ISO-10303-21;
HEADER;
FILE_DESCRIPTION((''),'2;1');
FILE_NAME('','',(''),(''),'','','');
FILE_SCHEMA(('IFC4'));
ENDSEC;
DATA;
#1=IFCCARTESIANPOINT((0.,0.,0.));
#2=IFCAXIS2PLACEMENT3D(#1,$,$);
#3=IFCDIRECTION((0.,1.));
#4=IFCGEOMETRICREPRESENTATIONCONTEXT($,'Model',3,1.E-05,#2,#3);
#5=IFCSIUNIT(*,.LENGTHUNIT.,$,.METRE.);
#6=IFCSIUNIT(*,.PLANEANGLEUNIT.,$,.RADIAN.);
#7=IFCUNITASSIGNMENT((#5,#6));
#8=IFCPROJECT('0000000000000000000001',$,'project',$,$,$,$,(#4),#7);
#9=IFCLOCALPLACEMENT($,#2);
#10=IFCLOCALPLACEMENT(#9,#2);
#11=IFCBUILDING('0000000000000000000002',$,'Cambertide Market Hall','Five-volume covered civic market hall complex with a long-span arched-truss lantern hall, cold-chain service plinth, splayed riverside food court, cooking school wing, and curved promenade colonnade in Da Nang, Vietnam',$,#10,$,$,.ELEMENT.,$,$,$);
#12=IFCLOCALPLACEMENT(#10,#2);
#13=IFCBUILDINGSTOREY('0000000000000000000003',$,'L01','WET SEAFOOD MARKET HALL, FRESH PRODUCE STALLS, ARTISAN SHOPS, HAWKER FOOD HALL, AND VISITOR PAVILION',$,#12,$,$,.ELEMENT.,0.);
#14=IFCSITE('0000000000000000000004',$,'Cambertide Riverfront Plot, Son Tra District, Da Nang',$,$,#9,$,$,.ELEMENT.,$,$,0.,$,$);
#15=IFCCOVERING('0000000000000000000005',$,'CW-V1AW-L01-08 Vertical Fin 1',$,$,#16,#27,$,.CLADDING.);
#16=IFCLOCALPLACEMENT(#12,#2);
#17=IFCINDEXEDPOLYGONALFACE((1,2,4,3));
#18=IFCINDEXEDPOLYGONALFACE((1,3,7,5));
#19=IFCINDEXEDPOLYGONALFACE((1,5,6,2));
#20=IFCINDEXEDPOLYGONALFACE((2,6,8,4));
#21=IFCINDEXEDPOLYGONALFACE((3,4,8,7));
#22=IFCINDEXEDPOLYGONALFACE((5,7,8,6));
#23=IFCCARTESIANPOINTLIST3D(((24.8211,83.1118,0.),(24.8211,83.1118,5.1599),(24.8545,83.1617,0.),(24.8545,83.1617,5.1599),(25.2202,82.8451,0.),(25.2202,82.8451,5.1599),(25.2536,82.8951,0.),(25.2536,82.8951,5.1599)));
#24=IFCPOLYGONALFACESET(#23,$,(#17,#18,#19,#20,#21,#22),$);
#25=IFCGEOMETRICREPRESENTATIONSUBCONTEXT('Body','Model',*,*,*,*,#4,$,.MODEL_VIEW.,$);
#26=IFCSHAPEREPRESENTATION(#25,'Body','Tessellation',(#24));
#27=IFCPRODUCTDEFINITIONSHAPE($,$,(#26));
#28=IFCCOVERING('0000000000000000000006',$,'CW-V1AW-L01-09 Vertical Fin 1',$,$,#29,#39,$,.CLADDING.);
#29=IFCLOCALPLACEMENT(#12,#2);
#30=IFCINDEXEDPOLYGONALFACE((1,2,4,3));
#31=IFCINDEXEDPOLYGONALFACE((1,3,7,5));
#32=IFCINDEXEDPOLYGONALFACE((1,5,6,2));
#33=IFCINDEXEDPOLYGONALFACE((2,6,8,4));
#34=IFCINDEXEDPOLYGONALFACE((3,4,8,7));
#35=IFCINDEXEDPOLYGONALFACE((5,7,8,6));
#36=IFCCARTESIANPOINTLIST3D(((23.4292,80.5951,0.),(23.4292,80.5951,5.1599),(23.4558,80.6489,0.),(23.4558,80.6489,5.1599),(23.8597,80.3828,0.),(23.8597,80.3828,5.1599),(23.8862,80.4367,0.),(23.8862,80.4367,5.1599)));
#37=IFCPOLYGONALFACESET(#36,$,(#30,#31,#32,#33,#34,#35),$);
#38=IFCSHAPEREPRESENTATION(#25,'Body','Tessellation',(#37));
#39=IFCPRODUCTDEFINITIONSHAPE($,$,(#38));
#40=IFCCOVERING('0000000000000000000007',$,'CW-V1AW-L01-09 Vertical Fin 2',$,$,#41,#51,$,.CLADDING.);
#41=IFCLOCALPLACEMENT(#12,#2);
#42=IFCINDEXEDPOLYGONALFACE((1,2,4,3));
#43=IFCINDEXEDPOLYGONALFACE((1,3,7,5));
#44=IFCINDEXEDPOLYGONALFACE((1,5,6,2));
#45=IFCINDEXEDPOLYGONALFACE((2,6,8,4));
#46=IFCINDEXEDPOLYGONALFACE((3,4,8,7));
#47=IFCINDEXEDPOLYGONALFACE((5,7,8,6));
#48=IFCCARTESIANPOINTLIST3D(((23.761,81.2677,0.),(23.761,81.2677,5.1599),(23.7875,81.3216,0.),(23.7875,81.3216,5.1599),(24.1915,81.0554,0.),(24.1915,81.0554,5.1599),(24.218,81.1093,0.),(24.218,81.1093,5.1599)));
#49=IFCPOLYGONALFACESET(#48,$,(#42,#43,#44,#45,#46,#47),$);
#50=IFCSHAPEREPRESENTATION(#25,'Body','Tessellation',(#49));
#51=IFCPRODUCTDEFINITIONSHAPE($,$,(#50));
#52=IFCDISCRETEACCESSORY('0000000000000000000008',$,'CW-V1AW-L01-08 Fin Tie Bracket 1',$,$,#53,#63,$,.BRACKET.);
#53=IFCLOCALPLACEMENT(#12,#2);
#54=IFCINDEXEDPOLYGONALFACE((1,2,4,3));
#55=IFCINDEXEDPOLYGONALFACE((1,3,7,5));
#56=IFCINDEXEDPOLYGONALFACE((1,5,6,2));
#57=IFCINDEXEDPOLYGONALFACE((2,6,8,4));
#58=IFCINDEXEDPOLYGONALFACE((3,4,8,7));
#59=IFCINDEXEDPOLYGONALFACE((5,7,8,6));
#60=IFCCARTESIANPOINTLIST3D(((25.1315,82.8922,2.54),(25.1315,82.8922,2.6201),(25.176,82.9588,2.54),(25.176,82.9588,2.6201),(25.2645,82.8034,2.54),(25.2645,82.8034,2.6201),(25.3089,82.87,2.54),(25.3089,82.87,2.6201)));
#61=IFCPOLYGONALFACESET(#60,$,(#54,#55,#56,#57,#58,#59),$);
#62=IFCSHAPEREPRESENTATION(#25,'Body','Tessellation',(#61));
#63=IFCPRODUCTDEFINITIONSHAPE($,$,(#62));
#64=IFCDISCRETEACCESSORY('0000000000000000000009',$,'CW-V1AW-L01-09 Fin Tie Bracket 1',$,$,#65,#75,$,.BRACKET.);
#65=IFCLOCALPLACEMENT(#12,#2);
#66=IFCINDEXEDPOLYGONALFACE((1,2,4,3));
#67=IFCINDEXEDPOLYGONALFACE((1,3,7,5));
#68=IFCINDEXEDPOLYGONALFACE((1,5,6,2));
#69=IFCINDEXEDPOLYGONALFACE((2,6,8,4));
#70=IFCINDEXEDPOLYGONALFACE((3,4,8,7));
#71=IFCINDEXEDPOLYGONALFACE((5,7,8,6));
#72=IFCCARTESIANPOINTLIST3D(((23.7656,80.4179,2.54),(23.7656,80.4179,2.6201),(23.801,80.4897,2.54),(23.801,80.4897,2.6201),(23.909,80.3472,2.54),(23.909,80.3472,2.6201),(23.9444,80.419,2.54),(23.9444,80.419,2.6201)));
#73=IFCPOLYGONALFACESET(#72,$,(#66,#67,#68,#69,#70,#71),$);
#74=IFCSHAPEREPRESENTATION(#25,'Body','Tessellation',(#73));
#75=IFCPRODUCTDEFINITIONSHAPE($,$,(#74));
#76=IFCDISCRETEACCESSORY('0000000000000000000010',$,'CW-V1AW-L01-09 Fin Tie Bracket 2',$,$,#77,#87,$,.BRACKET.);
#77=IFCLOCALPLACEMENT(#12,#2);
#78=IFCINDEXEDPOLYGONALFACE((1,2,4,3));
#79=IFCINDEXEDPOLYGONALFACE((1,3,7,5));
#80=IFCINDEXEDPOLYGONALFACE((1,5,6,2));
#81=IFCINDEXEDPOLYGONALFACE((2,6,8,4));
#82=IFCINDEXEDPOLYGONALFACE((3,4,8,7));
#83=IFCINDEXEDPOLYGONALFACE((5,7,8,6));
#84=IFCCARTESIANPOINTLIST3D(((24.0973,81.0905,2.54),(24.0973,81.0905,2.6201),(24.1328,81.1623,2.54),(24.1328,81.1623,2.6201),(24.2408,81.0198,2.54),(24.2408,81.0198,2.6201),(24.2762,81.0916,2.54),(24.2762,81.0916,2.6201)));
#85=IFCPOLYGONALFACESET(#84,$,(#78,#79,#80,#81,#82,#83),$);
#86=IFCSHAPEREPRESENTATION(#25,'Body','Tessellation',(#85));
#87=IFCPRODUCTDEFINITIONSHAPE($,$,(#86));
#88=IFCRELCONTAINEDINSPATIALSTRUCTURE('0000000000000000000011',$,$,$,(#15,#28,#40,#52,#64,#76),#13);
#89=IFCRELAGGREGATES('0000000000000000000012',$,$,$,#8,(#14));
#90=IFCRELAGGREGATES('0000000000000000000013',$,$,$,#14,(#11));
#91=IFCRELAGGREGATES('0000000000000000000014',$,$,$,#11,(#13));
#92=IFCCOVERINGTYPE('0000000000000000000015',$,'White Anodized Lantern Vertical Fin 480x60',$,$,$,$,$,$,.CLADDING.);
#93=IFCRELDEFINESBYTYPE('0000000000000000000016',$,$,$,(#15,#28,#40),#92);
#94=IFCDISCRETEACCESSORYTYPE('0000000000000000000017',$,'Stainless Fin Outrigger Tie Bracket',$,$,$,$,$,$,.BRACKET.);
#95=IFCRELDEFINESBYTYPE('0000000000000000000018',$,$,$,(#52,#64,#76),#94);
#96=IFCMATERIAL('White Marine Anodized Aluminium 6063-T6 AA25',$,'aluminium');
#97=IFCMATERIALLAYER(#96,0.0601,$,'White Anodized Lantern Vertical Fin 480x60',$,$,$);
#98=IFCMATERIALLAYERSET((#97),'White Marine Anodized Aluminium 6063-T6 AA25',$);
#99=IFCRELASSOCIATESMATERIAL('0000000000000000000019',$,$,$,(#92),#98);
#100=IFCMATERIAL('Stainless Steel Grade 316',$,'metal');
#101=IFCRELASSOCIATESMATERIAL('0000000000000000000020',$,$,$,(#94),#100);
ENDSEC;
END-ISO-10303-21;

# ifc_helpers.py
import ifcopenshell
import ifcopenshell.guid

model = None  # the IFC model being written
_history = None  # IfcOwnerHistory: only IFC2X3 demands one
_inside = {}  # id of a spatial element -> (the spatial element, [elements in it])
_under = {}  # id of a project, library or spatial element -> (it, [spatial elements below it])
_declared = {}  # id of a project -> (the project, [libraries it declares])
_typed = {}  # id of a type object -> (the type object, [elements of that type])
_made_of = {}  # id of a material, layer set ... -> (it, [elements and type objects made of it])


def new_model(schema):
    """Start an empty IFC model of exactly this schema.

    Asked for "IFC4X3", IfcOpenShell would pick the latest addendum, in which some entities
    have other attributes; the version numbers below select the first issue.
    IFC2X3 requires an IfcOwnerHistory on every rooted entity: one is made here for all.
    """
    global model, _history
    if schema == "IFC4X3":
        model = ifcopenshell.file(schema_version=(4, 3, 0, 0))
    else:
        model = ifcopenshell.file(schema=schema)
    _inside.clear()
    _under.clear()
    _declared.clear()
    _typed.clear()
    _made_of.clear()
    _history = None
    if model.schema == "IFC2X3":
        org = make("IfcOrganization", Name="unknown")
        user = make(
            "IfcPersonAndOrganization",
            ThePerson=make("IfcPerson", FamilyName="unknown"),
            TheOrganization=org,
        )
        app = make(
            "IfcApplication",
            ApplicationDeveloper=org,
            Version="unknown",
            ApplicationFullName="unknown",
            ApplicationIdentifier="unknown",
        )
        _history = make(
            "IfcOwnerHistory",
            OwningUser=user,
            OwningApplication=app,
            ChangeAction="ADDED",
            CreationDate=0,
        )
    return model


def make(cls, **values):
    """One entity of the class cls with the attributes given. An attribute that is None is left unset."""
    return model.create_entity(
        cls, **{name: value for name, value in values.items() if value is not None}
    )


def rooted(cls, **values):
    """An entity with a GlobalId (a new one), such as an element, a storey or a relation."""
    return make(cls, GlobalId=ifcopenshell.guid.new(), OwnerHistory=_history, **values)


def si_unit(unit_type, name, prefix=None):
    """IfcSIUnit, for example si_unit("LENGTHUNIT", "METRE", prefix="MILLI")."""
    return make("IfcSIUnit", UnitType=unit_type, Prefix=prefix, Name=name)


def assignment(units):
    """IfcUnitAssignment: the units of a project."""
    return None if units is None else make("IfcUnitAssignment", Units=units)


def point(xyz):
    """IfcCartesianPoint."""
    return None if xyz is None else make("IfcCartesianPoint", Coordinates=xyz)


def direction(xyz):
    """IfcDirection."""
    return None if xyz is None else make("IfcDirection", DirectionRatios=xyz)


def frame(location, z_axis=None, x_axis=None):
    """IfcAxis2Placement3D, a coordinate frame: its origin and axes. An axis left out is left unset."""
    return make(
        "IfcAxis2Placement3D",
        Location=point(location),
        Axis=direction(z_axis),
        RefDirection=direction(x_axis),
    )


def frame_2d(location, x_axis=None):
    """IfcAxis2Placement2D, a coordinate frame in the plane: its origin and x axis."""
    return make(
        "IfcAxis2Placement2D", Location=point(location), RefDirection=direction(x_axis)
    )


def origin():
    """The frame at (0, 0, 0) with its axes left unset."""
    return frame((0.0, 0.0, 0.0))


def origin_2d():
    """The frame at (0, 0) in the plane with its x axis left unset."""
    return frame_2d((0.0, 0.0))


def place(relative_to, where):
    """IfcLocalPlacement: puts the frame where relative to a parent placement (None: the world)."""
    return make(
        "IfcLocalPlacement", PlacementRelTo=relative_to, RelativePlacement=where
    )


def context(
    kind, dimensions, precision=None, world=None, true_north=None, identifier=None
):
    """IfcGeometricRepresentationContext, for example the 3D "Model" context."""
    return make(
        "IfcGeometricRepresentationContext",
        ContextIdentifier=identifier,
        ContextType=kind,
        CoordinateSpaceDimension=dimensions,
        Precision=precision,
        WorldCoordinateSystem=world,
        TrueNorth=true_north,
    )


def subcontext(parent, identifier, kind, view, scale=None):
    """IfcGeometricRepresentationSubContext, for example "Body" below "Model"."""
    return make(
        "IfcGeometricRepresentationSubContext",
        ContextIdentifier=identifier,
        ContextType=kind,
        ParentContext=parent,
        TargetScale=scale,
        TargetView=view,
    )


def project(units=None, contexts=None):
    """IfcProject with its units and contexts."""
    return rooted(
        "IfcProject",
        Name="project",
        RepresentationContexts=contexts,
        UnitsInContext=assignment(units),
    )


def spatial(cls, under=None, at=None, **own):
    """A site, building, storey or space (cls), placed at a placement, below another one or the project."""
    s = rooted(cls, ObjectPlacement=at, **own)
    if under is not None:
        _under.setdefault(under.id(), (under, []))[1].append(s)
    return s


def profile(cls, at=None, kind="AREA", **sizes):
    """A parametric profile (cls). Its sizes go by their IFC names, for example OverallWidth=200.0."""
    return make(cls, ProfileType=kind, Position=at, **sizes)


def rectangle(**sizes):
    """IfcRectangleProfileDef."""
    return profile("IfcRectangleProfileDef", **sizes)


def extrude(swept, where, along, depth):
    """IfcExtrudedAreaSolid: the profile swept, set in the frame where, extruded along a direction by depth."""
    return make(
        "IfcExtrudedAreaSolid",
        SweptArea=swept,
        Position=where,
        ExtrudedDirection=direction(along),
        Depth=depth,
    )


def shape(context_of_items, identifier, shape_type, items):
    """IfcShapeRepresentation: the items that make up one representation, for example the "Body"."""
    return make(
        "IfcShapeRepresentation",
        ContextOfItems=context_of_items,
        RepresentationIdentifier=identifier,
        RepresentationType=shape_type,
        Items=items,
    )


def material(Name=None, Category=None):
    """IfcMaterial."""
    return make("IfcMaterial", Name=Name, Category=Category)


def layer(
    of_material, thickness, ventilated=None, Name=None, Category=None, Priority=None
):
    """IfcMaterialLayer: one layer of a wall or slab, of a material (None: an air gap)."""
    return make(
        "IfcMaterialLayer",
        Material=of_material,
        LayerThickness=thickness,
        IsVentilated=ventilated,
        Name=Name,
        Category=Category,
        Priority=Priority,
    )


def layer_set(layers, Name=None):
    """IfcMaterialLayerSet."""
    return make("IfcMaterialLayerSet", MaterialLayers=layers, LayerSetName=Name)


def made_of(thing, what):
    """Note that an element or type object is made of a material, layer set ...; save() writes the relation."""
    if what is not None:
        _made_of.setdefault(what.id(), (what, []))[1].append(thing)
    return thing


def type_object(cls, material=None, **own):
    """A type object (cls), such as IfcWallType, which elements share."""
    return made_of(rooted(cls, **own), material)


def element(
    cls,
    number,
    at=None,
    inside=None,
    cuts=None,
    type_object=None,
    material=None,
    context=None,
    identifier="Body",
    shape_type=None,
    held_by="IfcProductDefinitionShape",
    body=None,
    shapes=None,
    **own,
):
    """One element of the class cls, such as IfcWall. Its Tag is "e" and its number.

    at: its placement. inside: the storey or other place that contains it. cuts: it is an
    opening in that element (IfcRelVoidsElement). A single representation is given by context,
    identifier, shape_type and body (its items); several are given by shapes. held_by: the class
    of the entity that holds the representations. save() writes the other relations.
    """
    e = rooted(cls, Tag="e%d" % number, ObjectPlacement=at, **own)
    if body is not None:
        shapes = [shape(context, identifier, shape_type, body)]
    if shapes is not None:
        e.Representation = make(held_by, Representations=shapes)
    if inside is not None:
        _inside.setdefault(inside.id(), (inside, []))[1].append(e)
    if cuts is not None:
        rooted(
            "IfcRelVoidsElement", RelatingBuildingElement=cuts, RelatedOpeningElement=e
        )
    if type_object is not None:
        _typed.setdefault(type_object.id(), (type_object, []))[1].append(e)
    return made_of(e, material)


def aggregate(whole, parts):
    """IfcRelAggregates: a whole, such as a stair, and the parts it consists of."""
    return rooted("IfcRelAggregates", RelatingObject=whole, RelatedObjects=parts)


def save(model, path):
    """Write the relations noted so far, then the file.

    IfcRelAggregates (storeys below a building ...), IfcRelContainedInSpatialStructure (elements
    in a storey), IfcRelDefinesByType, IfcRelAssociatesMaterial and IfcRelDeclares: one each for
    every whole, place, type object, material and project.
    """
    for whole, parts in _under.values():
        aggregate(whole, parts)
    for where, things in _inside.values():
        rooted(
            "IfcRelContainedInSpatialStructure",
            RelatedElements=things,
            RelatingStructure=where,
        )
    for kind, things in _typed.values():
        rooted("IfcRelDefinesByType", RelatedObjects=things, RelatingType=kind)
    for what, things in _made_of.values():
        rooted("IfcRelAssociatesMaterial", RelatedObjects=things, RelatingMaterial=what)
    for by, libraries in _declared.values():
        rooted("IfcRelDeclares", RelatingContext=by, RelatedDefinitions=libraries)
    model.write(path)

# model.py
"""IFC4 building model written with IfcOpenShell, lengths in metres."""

from ifc_helpers import new_model, si_unit, direction, frame, origin, origin_2d, place, context, subcontext, project, spatial, rectangle, extrude, material, layer, layer_set, type_object, element, save


model = new_model("IFC4")

# Units and contexts
model_context = context("Model", 3, precision=1e-05, world=origin(), true_north=direction((0.0, 1.0)))
body_context = subcontext(model_context, "Body", "Model", "MODEL_VIEW")
ifc_project = project(units=[si_unit("LENGTHUNIT", "METRE"), si_unit("PLANEANGLEUNIT", "RADIAN")], contexts=[model_context])

# Site, building, storey
site_placement = place(None, origin())
site = spatial("IfcSite", under=ifc_project, at=site_placement, Name="Cambertide Riverfront Plot, Son Tra District, Da Nang", CompositionType="ELEMENT", RefElevation=0.0)
building_placement = place(site_placement, origin())
building = spatial("IfcBuilding", under=site, at=building_placement, Name="Cambertide Market Hall", Description="Five-volume covered civic market hall complex with a long-span arched-truss lantern hall, cold-chain service plinth, splayed riverside food court, cooking school wing, and curved promenade colonnade in Da Nang, Vietnam", CompositionType="ELEMENT")
storey_placement = place(building_placement, origin())
storey = spatial("IfcBuildingStorey", under=building, at=storey_placement, Name="L01", Description="WET SEAFOOD MARKET HALL, FRESH PRODUCE STALLS, ARTISAN SHOPS, HAWKER FOOD HALL, AND VISITOR PAVILION", CompositionType="ELEMENT", Elevation=0.0)

# Coverings
ifc_material_1 = material(Name="White Marine Anodized Aluminium 6063-T6 AA25", Category="aluminium")
ifc_layer_1 = layer(ifc_material_1, 0.0601, Name="White Anodized Lantern Vertical Fin 480x60")
ifc_layer_set_1 = layer_set([ifc_layer_1], Name="White Marine Anodized Aluminium 6063-T6 AA25")
covering_type = type_object("IfcCoveringType", Name="White Anodized Lantern Vertical Fin 480x60", PredefinedType="CLADDING", material=ifc_layer_set_1)
for number, where, z_axis, x_axis, name in (
    (1, (25.0374, 83.0034, 0.0), (0.0, 0.0, 1.0), (0.55557, 0.83147, 0.0), "CW-V1AW-L01-08 Vertical Fin 1"),
    (2, (23.6577, 80.5159, 0.0), (0.0, 0.0, 1.0), (0.442289, 0.896873, 0.0), "CW-V1AW-L01-09 Vertical Fin 1"),
    (3, (23.9895, 81.1885, 0.0), (0.0, 0.0, 1.0), (0.442289, 0.896873, 0.0), "CW-V1AW-L01-09 Vertical Fin 2"),
):
    element("IfcCovering", number, at=place(storey_placement, frame(where, z_axis=z_axis, x_axis=x_axis)), inside=storey, type_object=covering_type, Name=name, PredefinedType="CLADDING", context=body_context, shape_type="SweptSolid", body=[
        extrude(rectangle(XDim=0.0601, YDim=0.48, at=origin_2d()), origin(), (0.0, 0.0, 1.0), 5.1599),
    ])

# Discrete accessories
ifc_material_2 = material(Name="Stainless Steel Grade 316", Category="metal")
discrete_accessory_type = type_object("IfcDiscreteAccessoryType", Name="Stainless Fin Outrigger Tie Bracket", PredefinedType="BRACKET", material=ifc_material_2)
for number, where, z_axis, x_axis, name in (
    (4, (25.2202, 82.8811, 2.54), (0.0, 0.0, 1.0), (0.55557, 0.83147, 0.0), "CW-V1AW-L01-08 Fin Tie Bracket 1"),
    (5, (23.855, 80.4185, 2.54), (0.0, 0.0, 1.0), (0.442289, 0.896873, 0.0), "CW-V1AW-L01-09 Fin Tie Bracket 1"),
    (6, (24.1868, 81.0911, 2.54), (0.0, 0.0, 1.0), (0.442289, 0.896873, 0.0), "CW-V1AW-L01-09 Fin Tie Bracket 2"),
):
    element("IfcDiscreteAccessory", number, at=place(storey_placement, frame(where, z_axis=z_axis, x_axis=x_axis)), inside=storey, type_object=discrete_accessory_type, Name=name, PredefinedType="BRACKET", context=body_context, shape_type="SweptSolid", body=[
        extrude(rectangle(XDim=0.0801, YDim=0.1599, at=origin_2d()), origin(), (0.0, 0.0, 1.0), 0.0801),
    ])

save(model, "model.ifc")
